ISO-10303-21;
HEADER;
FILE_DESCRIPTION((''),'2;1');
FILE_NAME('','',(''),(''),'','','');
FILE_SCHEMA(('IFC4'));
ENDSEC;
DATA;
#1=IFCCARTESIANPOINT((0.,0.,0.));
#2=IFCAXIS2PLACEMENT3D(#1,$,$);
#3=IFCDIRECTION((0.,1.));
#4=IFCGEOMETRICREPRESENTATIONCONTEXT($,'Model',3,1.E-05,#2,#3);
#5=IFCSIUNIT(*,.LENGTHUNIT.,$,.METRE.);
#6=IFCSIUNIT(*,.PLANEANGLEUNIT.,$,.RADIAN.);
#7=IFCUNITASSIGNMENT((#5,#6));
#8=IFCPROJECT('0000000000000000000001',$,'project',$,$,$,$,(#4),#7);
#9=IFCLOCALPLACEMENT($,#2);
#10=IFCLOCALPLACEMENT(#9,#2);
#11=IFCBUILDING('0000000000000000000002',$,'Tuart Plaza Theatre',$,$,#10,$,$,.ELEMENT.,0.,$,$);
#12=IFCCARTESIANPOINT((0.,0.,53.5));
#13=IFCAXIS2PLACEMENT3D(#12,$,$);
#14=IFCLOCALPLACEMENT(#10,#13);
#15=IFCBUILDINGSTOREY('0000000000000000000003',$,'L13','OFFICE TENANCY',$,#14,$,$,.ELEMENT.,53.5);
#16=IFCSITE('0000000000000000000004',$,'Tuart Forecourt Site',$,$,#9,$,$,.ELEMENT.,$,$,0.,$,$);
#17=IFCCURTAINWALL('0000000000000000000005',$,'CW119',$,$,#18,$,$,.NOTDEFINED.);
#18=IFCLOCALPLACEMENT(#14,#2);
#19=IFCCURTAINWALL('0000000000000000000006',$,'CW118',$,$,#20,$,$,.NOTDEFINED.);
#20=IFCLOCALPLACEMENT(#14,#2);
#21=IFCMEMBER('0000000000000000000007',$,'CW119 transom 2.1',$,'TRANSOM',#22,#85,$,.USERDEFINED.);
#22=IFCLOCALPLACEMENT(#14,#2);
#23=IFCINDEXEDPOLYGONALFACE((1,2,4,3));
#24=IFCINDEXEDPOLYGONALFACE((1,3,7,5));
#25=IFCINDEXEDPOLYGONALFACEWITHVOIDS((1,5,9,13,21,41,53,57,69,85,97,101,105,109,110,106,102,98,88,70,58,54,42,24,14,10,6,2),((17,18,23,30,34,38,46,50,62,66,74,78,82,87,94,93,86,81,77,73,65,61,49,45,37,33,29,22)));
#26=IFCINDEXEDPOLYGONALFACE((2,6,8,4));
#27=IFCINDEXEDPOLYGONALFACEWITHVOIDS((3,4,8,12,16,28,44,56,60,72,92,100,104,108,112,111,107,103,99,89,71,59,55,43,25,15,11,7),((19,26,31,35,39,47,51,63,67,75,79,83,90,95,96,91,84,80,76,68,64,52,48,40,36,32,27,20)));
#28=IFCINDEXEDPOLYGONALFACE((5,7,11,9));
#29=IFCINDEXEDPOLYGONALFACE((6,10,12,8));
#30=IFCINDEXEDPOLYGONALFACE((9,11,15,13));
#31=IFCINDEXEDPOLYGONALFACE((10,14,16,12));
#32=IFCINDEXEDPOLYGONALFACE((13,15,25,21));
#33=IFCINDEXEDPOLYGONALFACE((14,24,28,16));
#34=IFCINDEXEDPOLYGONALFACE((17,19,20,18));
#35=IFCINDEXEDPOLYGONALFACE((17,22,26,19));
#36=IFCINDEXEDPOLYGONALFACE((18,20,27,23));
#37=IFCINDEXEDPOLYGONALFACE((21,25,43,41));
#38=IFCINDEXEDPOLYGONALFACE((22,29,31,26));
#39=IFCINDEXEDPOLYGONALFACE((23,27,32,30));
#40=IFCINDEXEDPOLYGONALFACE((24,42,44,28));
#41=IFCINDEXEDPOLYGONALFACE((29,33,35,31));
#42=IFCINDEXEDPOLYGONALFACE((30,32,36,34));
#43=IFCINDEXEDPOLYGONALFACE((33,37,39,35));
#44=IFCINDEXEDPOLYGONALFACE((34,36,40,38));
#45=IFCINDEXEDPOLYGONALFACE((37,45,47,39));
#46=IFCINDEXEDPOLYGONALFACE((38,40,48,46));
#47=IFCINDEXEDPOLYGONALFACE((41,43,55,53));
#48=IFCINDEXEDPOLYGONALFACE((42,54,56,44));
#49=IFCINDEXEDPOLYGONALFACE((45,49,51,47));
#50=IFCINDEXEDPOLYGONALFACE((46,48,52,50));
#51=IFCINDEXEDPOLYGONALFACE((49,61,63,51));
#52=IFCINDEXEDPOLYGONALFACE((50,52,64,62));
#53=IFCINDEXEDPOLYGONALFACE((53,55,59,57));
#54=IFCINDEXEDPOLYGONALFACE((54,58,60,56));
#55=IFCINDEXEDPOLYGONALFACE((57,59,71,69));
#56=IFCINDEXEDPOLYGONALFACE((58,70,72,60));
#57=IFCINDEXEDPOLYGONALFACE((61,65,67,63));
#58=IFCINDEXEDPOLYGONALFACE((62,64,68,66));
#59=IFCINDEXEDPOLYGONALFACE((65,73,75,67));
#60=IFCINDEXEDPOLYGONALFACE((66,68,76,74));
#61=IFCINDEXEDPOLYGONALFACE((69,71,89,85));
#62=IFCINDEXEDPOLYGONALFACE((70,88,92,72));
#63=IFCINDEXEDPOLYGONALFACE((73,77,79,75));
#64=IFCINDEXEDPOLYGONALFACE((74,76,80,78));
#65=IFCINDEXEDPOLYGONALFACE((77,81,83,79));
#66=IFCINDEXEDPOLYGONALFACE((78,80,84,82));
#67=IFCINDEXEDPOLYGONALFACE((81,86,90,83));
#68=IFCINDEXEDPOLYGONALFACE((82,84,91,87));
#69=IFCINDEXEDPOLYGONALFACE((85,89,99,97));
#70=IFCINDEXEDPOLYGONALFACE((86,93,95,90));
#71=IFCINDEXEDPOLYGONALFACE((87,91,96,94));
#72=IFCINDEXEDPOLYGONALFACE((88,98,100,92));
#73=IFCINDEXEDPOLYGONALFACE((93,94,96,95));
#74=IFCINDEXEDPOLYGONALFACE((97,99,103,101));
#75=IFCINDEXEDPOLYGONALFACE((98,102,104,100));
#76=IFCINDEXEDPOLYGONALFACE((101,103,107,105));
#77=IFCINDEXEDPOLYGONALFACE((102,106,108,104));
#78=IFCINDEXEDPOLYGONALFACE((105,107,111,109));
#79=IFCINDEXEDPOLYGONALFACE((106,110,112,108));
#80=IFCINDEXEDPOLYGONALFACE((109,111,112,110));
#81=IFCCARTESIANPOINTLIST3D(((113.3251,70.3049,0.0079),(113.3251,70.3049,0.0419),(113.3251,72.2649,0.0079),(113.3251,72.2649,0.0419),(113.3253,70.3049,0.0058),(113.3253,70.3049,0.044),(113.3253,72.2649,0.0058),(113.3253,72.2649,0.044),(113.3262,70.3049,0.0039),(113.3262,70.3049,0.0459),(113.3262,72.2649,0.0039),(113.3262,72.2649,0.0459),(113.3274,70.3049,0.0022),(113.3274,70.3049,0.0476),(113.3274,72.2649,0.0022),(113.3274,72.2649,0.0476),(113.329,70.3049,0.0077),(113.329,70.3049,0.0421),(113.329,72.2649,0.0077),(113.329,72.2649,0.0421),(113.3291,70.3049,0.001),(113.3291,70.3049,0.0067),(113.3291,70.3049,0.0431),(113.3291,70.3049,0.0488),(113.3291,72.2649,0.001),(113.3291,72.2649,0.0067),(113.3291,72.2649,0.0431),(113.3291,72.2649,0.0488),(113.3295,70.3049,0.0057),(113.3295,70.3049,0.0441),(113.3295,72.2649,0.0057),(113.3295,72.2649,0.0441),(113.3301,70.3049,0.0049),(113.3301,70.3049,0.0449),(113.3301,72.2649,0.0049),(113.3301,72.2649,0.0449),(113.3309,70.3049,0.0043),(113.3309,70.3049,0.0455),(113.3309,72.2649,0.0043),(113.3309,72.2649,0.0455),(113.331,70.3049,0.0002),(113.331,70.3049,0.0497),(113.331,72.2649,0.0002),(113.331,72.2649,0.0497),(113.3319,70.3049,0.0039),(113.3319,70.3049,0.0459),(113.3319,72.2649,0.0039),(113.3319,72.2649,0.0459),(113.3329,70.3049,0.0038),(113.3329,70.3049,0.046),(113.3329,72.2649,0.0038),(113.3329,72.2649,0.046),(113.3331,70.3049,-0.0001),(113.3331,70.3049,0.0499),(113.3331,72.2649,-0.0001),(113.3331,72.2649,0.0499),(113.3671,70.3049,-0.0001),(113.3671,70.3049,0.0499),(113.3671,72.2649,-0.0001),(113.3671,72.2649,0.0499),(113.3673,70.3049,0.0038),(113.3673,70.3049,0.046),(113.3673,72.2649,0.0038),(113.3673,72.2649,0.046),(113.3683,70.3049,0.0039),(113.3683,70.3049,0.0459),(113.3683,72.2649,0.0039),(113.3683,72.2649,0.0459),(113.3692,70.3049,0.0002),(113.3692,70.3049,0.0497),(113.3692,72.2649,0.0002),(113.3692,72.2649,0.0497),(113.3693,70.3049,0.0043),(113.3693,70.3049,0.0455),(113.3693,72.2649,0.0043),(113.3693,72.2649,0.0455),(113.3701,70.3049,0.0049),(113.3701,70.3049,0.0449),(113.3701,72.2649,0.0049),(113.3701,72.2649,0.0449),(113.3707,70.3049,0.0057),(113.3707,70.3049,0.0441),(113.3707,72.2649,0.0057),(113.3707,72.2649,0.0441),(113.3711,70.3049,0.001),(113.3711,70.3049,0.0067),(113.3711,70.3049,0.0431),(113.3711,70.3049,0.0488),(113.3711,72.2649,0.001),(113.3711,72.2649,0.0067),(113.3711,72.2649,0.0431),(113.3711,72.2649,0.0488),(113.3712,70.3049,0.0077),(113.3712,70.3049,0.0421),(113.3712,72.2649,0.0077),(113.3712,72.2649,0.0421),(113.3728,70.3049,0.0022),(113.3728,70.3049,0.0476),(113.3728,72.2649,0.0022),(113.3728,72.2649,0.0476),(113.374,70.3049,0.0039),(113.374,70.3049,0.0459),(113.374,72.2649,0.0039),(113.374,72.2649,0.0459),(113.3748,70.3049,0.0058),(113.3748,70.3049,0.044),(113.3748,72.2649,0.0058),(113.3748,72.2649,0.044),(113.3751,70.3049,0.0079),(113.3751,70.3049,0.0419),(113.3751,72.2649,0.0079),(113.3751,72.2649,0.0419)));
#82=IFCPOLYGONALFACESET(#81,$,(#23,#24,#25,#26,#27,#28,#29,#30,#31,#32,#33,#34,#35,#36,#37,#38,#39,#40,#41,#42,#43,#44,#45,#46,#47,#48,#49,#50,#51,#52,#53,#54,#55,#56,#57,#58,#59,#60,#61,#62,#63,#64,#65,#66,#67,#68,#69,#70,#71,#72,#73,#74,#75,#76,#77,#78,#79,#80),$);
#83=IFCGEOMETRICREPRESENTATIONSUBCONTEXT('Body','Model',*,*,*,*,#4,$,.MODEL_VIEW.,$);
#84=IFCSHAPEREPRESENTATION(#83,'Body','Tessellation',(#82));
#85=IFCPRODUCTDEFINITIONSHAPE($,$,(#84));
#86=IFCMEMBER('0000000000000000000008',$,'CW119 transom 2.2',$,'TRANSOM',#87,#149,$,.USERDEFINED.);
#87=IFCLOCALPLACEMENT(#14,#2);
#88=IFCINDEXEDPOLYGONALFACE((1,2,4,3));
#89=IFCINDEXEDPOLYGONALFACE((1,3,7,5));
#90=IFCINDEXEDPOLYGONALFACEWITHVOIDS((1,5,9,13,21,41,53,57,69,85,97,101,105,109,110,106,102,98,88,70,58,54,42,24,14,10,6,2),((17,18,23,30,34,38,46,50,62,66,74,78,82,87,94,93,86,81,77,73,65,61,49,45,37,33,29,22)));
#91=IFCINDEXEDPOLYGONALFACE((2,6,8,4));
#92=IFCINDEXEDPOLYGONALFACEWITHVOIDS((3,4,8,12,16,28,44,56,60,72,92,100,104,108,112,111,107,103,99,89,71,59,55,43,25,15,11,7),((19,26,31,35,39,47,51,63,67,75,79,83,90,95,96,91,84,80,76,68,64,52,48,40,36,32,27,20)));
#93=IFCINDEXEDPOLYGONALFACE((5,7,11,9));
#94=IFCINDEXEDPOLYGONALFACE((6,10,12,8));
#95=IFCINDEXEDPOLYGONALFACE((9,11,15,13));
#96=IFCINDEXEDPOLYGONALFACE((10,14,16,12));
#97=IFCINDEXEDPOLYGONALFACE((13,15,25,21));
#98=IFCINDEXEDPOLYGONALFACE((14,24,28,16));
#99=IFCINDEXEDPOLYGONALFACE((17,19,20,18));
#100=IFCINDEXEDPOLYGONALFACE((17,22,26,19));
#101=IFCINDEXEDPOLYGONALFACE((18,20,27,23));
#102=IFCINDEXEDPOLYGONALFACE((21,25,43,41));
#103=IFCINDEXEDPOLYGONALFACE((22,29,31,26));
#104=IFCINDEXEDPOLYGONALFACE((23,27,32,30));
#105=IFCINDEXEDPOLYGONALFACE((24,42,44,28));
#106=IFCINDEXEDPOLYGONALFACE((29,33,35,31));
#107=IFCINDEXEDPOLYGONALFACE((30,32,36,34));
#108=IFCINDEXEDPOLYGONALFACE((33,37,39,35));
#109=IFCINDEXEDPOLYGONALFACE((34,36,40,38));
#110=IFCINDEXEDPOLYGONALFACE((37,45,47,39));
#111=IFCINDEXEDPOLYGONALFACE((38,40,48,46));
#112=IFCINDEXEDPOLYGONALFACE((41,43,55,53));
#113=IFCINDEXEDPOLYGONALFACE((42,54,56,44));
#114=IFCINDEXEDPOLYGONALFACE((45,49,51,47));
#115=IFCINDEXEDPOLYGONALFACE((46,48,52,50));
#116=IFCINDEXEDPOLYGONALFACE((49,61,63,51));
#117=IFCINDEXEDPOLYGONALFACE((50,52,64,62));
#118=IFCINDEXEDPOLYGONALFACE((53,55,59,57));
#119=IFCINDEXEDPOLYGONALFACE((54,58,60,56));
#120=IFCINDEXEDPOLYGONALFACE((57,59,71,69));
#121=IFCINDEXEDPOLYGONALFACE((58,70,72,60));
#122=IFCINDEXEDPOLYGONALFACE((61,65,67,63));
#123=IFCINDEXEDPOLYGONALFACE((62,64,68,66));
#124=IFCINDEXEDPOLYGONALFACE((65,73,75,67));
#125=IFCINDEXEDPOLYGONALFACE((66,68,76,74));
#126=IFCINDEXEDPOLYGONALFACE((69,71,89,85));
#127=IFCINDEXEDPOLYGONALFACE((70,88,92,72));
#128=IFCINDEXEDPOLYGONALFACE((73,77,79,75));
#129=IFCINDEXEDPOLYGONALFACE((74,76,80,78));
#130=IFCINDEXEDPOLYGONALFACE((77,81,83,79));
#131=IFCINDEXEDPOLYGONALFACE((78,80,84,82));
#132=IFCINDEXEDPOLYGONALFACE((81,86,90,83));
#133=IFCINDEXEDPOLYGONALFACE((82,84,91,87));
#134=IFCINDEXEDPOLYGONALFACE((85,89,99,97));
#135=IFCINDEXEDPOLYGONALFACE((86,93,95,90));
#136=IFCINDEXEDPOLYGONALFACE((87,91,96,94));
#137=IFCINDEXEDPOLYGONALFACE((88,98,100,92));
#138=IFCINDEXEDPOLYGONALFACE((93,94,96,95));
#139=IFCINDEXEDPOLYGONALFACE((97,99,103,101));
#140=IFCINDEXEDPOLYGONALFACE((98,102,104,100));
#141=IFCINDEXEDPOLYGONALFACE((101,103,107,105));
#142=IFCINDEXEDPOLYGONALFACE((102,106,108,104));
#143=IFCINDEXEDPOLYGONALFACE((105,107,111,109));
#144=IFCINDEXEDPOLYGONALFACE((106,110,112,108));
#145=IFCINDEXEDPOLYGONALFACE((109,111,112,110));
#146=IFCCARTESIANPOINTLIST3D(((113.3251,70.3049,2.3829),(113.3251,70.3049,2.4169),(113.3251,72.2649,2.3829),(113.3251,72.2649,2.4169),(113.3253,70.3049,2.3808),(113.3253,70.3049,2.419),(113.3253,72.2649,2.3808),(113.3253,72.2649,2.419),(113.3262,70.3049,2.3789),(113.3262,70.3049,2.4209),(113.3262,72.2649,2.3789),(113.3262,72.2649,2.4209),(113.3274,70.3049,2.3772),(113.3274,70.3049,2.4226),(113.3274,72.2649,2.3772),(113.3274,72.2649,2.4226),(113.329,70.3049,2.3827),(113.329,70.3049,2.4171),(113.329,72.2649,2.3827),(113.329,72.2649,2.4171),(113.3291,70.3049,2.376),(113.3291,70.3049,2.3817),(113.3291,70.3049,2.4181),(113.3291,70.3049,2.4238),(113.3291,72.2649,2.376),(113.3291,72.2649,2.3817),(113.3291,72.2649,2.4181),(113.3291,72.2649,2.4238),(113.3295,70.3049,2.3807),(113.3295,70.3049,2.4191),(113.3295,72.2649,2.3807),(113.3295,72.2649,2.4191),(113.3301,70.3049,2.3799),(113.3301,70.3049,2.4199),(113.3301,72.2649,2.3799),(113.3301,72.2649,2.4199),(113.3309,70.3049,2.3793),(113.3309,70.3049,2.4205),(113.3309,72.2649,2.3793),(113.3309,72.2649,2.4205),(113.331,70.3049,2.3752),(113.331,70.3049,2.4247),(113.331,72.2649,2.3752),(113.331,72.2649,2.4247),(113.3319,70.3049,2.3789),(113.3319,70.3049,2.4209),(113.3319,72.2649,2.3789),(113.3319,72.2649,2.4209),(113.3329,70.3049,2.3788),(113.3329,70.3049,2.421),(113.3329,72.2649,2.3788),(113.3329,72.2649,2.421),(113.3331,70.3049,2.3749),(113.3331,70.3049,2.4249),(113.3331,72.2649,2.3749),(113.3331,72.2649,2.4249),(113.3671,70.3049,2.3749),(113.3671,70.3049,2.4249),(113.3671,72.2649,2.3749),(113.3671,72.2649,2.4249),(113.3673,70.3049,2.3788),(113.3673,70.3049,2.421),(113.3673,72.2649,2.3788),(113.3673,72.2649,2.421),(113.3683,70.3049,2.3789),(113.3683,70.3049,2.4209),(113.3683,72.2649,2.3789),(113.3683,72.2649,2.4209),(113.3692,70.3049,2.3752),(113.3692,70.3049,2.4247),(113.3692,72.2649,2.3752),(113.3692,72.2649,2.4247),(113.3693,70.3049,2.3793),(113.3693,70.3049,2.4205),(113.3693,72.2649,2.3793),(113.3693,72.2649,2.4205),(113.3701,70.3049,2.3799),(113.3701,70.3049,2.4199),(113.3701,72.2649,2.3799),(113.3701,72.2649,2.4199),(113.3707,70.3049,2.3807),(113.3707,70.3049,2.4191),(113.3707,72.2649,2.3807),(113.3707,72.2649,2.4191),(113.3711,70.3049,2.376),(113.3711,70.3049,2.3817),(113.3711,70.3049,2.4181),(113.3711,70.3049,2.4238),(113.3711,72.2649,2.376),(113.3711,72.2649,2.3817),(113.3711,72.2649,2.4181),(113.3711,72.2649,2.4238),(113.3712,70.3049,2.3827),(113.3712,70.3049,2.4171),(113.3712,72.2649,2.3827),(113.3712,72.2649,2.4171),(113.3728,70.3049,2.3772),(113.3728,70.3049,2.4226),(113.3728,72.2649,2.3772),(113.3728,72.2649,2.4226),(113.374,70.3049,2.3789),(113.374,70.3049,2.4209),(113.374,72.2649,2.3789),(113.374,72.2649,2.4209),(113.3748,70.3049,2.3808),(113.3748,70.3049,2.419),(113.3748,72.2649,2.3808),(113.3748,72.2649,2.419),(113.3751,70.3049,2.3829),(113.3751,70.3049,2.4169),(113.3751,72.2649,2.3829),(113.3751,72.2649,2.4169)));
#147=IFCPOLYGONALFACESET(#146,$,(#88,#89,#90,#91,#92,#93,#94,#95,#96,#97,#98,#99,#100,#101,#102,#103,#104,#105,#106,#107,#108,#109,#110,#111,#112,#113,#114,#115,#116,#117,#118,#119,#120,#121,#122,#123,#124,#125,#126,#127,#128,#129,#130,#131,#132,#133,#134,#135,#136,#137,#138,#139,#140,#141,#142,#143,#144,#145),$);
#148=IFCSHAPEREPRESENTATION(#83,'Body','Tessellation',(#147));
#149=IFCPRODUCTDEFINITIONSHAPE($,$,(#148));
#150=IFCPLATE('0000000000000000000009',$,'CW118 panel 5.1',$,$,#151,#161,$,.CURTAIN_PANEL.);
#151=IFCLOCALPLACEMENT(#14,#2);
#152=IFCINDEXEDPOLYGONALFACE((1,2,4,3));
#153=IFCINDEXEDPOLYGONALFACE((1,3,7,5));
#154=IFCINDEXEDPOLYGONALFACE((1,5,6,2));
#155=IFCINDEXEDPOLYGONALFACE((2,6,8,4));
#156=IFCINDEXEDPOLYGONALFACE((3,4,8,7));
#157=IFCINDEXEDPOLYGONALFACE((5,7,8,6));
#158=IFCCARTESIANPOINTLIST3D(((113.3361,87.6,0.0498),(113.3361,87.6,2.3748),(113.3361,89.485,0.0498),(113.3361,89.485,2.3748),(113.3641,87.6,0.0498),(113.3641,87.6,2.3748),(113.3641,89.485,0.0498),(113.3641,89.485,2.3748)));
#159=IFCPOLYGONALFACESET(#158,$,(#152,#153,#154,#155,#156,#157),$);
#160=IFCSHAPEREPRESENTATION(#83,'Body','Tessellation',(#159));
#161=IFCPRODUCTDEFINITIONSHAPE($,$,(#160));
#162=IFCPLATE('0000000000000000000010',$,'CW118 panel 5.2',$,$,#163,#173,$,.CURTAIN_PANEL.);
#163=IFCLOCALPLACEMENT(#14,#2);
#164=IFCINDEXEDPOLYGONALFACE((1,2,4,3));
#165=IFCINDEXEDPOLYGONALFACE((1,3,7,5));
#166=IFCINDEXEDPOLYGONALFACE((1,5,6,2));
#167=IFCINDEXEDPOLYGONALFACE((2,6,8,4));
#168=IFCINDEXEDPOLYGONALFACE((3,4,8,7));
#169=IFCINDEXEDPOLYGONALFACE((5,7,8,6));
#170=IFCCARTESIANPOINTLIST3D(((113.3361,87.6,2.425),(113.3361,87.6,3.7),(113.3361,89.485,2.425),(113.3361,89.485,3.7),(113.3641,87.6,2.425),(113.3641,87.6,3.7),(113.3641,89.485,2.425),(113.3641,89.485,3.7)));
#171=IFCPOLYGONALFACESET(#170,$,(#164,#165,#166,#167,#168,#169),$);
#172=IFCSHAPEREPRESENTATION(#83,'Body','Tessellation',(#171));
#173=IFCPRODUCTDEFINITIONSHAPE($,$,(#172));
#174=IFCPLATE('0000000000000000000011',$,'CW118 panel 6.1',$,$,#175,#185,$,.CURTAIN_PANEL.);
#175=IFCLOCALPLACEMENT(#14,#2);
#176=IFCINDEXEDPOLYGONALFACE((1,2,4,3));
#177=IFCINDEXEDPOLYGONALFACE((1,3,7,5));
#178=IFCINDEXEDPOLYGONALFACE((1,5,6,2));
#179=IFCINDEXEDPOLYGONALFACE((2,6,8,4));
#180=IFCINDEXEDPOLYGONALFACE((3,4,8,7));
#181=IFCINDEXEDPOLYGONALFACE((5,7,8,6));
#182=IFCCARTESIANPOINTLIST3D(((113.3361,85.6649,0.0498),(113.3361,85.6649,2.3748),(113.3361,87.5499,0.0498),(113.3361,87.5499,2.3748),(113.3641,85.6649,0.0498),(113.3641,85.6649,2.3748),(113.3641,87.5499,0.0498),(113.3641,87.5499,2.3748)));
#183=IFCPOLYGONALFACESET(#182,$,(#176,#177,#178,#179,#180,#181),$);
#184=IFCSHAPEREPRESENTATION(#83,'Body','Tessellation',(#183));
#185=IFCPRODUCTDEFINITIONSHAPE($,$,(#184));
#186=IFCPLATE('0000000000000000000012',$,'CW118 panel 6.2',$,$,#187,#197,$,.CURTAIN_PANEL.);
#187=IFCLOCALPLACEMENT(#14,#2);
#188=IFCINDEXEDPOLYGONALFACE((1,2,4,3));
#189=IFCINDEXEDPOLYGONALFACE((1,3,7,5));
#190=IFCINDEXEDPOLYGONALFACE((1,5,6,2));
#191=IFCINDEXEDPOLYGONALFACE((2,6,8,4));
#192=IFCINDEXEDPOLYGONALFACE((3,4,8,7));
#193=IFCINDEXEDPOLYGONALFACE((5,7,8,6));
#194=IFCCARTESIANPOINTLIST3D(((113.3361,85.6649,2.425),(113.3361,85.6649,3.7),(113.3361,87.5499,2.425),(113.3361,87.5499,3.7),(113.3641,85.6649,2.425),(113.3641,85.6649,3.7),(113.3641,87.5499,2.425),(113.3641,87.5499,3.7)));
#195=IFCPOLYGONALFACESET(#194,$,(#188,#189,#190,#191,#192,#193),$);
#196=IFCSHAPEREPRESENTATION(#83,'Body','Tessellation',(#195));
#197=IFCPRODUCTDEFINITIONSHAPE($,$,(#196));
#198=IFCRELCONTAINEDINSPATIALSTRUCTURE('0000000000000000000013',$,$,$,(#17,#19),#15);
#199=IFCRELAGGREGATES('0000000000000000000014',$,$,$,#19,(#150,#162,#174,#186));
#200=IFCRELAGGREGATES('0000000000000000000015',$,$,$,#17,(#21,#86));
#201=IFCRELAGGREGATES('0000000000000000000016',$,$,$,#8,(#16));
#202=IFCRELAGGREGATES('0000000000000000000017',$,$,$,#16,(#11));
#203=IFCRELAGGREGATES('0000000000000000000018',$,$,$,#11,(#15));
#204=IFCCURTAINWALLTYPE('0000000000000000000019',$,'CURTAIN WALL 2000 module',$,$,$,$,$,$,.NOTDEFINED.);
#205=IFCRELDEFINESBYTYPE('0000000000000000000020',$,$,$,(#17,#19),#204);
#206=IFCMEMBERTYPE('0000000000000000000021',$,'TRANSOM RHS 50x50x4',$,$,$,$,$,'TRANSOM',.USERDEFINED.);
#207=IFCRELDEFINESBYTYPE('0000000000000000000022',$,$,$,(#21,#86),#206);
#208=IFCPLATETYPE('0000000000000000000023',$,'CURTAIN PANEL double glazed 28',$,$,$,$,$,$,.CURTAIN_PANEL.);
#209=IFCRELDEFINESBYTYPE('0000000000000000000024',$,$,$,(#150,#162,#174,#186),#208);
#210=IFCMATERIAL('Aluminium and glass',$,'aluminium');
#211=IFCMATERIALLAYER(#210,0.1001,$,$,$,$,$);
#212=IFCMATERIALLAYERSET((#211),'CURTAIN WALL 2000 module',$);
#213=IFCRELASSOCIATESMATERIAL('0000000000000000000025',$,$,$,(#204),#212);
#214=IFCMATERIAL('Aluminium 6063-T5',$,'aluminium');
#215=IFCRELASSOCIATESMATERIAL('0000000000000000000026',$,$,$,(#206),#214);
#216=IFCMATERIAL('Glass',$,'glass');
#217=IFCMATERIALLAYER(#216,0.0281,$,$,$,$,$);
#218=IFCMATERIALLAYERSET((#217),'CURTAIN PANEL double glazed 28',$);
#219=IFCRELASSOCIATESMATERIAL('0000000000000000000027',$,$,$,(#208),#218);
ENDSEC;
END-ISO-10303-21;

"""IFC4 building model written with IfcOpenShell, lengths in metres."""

from ifc_helpers import new_model, si_unit, direction, frame, origin, origin_2d, place, context, subcontext, project, spatial, rectangle, hollow_rectangle, extrude, material, layer, layer_set, material_profile, profile_set, type_object, element, aggregate, save


model = new_model("IFC4")

# Units and contexts
model_context = context("Model", 3, precision=1e-05, world=origin(), true_north=direction((0.0, 1.0)))
body_context = subcontext(model_context, "Body", "Model", "MODEL_VIEW")
ifc_project = project(units=[si_unit("LENGTHUNIT", "METRE"), si_unit("PLANEANGLEUNIT", "RADIAN")], contexts=[model_context])

# Site, building, storey
site_placement = place(None, origin())
site = spatial("IfcSite", under=ifc_project, at=site_placement, Name="Tuart Forecourt Site", CompositionType="ELEMENT", RefElevation=0.0)
building_placement = place(site_placement, origin())
building = spatial("IfcBuilding", under=site, at=building_placement, Name="Tuart Plaza Theatre", CompositionType="ELEMENT", ElevationOfRefHeight=0.0)
storey_placement = place(building_placement, frame((0.0, 0.0, 53.5)))
storey = spatial("IfcBuildingStorey", under=building, at=storey_placement, Name="L13", Description="OFFICE TENANCY", CompositionType="ELEMENT", Elevation=53.5)

# Curtain walls
ifc_material_1 = material(Name="Aluminium and glass", Category="aluminium")
ifc_layer_1 = layer(ifc_material_1, 0.1001)
ifc_layer_set_1 = layer_set([ifc_layer_1], Name="CURTAIN WALL 2000 module")
curtain_wall_type = type_object("IfcCurtainWallType", Name="CURTAIN WALL 2000 module", PredefinedType="NOTDEFINED", material=ifc_layer_set_1)
curtain_wall_1_placement = place(storey_placement, origin())
curtain_wall_1 = element("IfcCurtainWall", 1, at=curtain_wall_1_placement, inside=storey, type_object=curtain_wall_type, Name="CW119", PredefinedType="NOTDEFINED")
curtain_wall_2_placement = place(storey_placement, origin())
curtain_wall_2 = element("IfcCurtainWall", 2, at=curtain_wall_2_placement, inside=storey, type_object=curtain_wall_type, Name="CW118", PredefinedType="NOTDEFINED")
ifc_material_2 = material(Name="Aluminium 6063-T5", Category="aluminium")
ifc_material_profile_1 = material_profile(ifc_material_2, hollow_rectangle(XDim=0.05, YDim=0.05, WallThickness=0.0039, InnerFilletRadius=0.0039, OuterFilletRadius=0.0081, at=origin_2d()), Name="RHS 50x50x4")
ifc_profile_set_1 = profile_set([ifc_material_profile_1], Name="Aluminium 6063-T5")
member_type_1 = type_object("IfcMemberType", Name="TRANSOM RHS 50x50x4", ElementType="TRANSOM", PredefinedType="USERDEFINED", material=ifc_profile_set_1)

# Members
member_1_placement = place(storey_placement, frame((113.3501, 72.2649, 0.0249), z_axis=(0.0, -1.0, 0.0), x_axis=(1.0, 0.0, 0.0)))
member_1 = element("IfcMember", 3, at=member_1_placement, type_object=member_type_1, Name="CW119 transom 2.1", ObjectType="TRANSOM", PredefinedType="USERDEFINED", context=body_context, shape_type="SweptSolid", body=[
    extrude(hollow_rectangle(XDim=0.05, YDim=0.05, WallThickness=0.0039, InnerFilletRadius=0.0039, OuterFilletRadius=0.0081, at=origin_2d()), origin(), (0.0, 0.0, 1.0), 1.96),
])
member_2_placement = place(storey_placement, frame((113.3501, 72.2649, 2.3999), z_axis=(0.0, -1.0, 0.0), x_axis=(1.0, 0.0, 0.0)))
member_2 = element("IfcMember", 4, at=member_2_placement, type_object=member_type_1, Name="CW119 transom 2.2", ObjectType="TRANSOM", PredefinedType="USERDEFINED", context=body_context, shape_type="SweptSolid", body=[
    extrude(hollow_rectangle(XDim=0.05, YDim=0.05, WallThickness=0.0039, InnerFilletRadius=0.0039, OuterFilletRadius=0.0081, at=origin_2d()), origin(), (0.0, 0.0, 1.0), 1.96),
])

# Plates
ifc_material_3 = material(Name="Glass", Category="glass")
ifc_layer_2 = layer(ifc_material_3, 0.0281)
ifc_layer_set_2 = layer_set([ifc_layer_2], Name="CURTAIN PANEL double glazed 28")
plate_type = type_object("IfcPlateType", Name="CURTAIN PANEL double glazed 28", PredefinedType="CURTAIN_PANEL", material=ifc_layer_set_2)
plate_1_placement = place(storey_placement, frame((113.3501, 88.5425, 0.0498), z_axis=(0.0, 0.0, 1.0), x_axis=(0.0, -1.0, 0.0)))
plate_1 = element("IfcPlate", 5, at=plate_1_placement, type_object=plate_type, Name="CW118 panel 5.1", PredefinedType="CURTAIN_PANEL", context=body_context, shape_type="SweptSolid", body=[
    extrude(rectangle(XDim=1.885, YDim=0.0281, at=origin_2d()), origin(), (0.0, 0.0, 1.0), 2.325),
])
plate_2_placement = place(storey_placement, frame((113.3501, 88.5425, 2.425), z_axis=(0.0, 0.0, 1.0), x_axis=(0.0, -1.0, 0.0)))
plate_2 = element("IfcPlate", 6, at=plate_2_placement, type_object=plate_type, Name="CW118 panel 5.2", PredefinedType="CURTAIN_PANEL", context=body_context, shape_type="SweptSolid", body=[
    extrude(rectangle(XDim=1.885, YDim=0.0281, at=origin_2d()), origin(), (0.0, 0.0, 1.0), 1.2749),
])
plate_3_placement = place(storey_placement, frame((113.3501, 86.6074, 0.0498), z_axis=(0.0, 0.0, 1.0), x_axis=(0.0, -1.0, 0.0)))
plate_3 = element("IfcPlate", 7, at=plate_3_placement, type_object=plate_type, Name="CW118 panel 6.1", PredefinedType="CURTAIN_PANEL", context=body_context, shape_type="SweptSolid", body=[
    extrude(rectangle(XDim=1.885, YDim=0.0281, at=origin_2d()), origin(), (0.0, 0.0, 1.0), 2.325),
])
plate_4_placement = place(storey_placement, frame((113.3501, 86.6074, 2.425), z_axis=(0.0, 0.0, 1.0), x_axis=(0.0, -1.0, 0.0)))
plate_4 = element("IfcPlate", 8, at=plate_4_placement, type_object=plate_type, Name="CW118 panel 6.2", PredefinedType="CURTAIN_PANEL", context=body_context, shape_type="SweptSolid", body=[
    extrude(rectangle(XDim=1.885, YDim=0.0281, at=origin_2d()), origin(), (0.0, 0.0, 1.0), 1.2749),
])
aggregate(curtain_wall_2, [plate_1, plate_2, plate_3, plate_4])
aggregate(curtain_wall_1, [member_1, member_2])

save(model, "model.ifc")
